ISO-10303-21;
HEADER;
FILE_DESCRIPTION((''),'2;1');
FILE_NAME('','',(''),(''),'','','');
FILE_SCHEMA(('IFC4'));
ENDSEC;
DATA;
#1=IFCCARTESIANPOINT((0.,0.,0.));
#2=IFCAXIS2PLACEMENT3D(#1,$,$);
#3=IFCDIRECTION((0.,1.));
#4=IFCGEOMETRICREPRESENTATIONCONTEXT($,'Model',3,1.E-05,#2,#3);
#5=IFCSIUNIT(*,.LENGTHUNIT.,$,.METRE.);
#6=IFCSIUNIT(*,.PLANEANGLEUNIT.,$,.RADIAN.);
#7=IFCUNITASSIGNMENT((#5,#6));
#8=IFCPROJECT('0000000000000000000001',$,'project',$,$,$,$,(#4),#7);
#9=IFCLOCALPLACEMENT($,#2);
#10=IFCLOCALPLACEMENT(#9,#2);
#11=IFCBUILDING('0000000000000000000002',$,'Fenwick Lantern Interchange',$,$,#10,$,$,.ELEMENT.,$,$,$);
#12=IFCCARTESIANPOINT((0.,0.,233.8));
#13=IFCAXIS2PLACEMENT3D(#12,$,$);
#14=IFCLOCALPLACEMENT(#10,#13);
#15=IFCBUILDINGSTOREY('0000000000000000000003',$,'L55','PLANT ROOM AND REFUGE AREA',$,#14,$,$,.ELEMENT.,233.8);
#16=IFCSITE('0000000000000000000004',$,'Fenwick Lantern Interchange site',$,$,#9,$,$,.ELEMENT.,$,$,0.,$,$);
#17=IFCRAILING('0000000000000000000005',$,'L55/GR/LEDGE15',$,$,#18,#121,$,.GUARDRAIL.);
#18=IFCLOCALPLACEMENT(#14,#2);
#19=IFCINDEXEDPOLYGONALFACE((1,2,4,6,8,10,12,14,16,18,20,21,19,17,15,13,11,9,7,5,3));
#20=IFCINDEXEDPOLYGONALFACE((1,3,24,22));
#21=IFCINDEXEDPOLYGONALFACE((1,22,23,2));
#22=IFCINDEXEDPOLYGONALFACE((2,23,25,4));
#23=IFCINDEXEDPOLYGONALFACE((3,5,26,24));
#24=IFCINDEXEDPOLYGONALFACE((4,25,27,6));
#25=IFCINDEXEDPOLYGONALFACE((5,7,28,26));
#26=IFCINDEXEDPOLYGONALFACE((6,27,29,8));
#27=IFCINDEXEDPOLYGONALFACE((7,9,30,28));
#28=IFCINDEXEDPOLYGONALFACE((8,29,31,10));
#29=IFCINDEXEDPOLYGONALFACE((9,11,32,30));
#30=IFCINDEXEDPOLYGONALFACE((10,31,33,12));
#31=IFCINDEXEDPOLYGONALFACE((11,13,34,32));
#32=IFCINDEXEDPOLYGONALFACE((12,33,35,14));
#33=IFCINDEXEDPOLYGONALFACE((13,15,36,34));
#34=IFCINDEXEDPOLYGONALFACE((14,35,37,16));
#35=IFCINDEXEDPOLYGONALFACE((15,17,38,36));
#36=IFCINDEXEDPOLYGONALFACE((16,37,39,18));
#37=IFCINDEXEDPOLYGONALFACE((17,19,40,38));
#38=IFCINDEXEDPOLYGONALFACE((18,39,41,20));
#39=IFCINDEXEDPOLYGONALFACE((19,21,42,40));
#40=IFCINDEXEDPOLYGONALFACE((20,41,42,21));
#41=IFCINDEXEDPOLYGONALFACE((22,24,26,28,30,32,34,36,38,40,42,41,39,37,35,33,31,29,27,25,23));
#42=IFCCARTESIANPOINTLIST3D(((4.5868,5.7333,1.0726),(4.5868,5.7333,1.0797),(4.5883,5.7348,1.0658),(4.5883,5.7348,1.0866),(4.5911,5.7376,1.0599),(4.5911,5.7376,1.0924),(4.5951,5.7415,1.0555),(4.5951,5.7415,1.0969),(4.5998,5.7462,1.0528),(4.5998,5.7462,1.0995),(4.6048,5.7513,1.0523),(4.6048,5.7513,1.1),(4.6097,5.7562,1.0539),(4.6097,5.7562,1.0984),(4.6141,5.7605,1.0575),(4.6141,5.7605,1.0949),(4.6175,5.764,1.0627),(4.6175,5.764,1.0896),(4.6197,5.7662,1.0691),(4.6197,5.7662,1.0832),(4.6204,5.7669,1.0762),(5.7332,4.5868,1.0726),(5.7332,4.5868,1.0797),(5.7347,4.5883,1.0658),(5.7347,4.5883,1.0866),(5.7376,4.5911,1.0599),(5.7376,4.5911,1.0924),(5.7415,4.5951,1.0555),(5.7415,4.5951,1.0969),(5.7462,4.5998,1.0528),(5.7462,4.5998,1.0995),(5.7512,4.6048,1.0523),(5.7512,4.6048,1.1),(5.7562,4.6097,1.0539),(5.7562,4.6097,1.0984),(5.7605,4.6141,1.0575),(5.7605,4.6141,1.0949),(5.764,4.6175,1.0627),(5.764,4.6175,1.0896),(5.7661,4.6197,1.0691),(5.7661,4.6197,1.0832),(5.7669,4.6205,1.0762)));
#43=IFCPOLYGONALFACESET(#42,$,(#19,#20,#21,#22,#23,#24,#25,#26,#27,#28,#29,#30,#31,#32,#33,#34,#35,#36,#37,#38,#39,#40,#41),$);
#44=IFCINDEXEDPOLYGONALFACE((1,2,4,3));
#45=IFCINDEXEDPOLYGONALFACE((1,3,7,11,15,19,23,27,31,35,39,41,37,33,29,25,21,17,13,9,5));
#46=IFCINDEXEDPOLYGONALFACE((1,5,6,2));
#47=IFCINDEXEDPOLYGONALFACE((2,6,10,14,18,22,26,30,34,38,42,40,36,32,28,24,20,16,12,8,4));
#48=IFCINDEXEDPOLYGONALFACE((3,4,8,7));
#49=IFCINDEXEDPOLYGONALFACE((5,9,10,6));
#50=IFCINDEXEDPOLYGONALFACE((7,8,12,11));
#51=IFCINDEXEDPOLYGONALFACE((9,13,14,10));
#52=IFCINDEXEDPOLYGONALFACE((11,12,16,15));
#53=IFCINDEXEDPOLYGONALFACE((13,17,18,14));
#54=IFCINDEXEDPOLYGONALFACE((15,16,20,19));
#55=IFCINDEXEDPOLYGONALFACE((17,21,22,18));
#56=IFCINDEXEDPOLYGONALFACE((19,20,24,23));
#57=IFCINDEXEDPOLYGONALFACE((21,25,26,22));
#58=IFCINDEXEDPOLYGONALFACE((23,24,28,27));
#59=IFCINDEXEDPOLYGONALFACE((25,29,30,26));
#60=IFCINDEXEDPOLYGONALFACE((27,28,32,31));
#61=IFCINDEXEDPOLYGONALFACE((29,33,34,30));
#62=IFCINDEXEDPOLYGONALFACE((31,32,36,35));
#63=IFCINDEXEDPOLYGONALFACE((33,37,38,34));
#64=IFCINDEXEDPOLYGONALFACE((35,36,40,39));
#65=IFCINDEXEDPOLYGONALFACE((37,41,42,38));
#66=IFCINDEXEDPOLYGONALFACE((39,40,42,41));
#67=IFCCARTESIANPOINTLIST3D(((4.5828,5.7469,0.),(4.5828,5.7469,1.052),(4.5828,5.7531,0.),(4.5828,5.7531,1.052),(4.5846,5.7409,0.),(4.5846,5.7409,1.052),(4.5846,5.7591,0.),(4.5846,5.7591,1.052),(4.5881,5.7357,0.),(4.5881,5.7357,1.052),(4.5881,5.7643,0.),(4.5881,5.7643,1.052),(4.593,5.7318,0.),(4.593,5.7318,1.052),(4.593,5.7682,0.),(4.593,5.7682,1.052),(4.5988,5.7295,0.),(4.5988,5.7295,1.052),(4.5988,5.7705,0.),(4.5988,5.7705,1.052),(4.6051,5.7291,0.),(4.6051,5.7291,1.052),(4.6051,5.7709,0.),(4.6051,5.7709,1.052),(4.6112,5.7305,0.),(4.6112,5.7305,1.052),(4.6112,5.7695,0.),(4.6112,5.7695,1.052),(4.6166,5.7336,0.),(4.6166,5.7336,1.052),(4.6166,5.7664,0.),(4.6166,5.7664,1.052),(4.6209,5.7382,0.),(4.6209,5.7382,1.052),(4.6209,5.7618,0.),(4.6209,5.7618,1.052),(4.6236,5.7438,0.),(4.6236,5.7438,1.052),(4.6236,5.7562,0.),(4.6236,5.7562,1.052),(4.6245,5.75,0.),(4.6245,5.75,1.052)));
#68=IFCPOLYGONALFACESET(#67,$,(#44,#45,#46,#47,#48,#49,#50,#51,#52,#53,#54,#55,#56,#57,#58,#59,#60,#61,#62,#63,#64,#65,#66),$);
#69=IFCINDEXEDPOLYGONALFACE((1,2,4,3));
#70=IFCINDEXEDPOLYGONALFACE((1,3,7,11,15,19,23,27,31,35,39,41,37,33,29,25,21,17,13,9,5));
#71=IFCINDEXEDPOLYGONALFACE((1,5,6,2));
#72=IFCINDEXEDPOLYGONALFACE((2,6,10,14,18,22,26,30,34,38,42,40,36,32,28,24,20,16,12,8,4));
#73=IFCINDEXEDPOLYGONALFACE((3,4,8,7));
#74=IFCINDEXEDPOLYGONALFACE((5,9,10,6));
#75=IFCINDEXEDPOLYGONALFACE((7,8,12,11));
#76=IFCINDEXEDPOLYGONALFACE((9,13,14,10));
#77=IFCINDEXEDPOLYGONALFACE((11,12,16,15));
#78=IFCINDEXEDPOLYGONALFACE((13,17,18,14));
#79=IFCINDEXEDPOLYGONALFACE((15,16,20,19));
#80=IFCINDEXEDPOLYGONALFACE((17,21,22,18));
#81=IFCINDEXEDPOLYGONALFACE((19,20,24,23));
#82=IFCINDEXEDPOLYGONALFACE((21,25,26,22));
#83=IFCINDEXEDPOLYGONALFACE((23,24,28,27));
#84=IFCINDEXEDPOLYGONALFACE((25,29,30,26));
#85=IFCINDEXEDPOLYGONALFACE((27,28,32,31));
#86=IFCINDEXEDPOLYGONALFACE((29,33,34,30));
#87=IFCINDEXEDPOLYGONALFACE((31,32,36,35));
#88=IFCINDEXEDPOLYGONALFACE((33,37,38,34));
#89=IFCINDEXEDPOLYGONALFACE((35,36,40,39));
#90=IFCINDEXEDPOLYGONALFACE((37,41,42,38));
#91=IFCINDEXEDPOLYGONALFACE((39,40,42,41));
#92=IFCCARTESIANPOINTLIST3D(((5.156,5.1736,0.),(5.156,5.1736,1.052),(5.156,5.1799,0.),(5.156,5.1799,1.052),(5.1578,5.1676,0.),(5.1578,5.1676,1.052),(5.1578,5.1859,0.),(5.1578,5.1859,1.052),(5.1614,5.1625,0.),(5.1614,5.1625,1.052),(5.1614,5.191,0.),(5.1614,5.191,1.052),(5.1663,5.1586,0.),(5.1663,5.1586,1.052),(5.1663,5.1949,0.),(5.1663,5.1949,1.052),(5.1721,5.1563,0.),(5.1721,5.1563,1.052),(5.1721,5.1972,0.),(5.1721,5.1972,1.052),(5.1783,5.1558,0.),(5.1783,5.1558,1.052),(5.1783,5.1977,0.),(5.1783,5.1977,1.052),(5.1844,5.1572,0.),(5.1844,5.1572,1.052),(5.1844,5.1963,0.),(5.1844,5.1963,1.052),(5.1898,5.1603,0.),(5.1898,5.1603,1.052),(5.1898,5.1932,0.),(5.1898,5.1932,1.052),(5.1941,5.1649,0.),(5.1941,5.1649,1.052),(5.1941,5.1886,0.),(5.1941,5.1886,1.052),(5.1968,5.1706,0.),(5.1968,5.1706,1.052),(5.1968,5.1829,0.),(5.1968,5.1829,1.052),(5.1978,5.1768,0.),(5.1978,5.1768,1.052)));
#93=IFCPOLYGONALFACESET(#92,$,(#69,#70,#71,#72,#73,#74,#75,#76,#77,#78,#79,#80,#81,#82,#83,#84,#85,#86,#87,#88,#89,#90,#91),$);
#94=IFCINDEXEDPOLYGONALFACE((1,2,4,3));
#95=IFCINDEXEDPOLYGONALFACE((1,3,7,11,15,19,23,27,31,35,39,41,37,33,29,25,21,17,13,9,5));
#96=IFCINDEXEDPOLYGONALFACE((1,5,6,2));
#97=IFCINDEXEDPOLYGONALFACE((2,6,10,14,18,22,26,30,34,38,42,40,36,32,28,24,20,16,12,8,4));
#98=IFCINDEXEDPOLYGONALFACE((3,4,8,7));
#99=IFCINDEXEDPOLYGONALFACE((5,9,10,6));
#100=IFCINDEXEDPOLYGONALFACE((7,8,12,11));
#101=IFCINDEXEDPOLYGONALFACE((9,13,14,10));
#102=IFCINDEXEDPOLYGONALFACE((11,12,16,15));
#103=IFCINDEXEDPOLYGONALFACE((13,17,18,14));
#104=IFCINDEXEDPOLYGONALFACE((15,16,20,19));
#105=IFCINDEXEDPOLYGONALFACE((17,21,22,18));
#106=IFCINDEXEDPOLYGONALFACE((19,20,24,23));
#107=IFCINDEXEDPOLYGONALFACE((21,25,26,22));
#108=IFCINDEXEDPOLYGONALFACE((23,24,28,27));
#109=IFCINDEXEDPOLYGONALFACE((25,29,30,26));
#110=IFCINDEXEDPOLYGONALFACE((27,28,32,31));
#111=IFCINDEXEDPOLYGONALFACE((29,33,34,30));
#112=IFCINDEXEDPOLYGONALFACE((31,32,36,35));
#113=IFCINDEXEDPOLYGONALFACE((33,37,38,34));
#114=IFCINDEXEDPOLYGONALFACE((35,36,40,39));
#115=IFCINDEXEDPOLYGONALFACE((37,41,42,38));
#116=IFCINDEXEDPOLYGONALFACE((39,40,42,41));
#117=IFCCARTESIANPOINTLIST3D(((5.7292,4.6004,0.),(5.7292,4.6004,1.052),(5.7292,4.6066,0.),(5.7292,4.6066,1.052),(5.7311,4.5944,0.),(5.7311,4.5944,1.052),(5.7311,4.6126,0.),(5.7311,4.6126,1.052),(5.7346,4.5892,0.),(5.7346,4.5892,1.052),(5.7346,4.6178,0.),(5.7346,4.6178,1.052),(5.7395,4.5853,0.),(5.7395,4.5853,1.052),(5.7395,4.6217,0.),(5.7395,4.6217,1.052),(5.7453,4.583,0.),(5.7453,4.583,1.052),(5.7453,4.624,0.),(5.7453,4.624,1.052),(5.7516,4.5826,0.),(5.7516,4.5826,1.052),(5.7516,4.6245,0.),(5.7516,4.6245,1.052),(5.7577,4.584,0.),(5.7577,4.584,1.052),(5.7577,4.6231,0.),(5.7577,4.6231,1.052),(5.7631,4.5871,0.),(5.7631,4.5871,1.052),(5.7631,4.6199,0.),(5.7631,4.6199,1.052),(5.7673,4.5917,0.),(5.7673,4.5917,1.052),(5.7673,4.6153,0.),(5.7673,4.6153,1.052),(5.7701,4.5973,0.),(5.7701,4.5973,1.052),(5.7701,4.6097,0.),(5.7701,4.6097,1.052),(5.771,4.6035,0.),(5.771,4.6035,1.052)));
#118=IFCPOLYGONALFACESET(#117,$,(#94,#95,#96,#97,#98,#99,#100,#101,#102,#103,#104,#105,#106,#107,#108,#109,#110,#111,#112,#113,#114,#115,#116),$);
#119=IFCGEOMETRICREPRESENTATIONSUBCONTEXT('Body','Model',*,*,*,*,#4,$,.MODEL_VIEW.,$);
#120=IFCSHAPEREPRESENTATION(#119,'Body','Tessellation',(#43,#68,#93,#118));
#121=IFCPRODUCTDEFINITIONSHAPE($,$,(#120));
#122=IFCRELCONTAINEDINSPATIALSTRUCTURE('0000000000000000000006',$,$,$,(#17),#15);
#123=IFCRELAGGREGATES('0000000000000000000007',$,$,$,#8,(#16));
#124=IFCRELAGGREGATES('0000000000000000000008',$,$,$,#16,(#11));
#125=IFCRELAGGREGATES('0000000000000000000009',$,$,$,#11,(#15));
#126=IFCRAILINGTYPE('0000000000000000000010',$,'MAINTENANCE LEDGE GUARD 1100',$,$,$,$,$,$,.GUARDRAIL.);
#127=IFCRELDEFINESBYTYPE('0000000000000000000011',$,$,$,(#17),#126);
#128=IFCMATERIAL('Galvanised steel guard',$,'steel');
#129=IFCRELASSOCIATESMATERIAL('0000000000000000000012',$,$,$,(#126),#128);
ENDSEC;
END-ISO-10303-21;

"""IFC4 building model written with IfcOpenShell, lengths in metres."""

from ifc_helpers import new_model, si_unit, direction, frame, origin, origin_2d, place, context, subcontext, project, spatial, circle, extrude, material, type_object, element, save


model = new_model("IFC4")

# Units and contexts
model_context = context("Model", 3, precision=1e-05, world=origin(), true_north=direction((0.0, 1.0)))
body_context = subcontext(model_context, "Body", "Model", "MODEL_VIEW")
ifc_project = project(units=[si_unit("LENGTHUNIT", "METRE"), si_unit("PLANEANGLEUNIT", "RADIAN")], contexts=[model_context])

# Site, building, storey
site_placement = place(None, origin())
site = spatial("IfcSite", under=ifc_project, at=site_placement, Name="Fenwick Lantern Interchange site", CompositionType="ELEMENT", RefElevation=0.0)
building_placement = place(site_placement, origin())
building = spatial("IfcBuilding", under=site, at=building_placement, Name="Fenwick Lantern Interchange", CompositionType="ELEMENT")
storey_placement = place(building_placement, frame((0.0, 0.0, 233.8)))
storey = spatial("IfcBuildingStorey", under=building, at=storey_placement, Name="L55", Description="PLANT ROOM AND REFUGE AREA", CompositionType="ELEMENT", Elevation=233.8)

# Railing
ifc_material_1 = material(Name="Galvanised steel guard", Category="steel")
railing_type = type_object("IfcRailingType", Name="MAINTENANCE LEDGE GUARD 1100", PredefinedType="GUARDRAIL", material=ifc_material_1)
railing_1_placement = place(storey_placement, frame((4.6035, 5.75, 0.0)))
element("IfcRailing", 1, at=railing_1_placement, inside=storey, type_object=railing_type, Name="L55/GR/LEDGE15", PredefinedType="GUARDRAIL", context=body_context, shape_type="SweptSolid", body=[
    extrude(circle(Radius=0.0239, at=origin_2d()), frame((0.0, 0.0, 1.0762), z_axis=(0.707107, -0.707107, 0.0), x_axis=(0.707107, 0.707107, 0.0)), (0.0, 0.0, 1.0), 1.6213),
    extrude(circle(Radius=0.021, at=origin_2d()), origin(), (0.0, 0.0, 1.0), 1.052),
    extrude(circle(Radius=0.021, at=origin_2d()), frame((0.5732, -0.5732, 0.0)), (0.0, 0.0, 1.0), 1.052),
    extrude(circle(Radius=0.021, at=origin_2d()), frame((1.1465, -1.1465, 0.0)), (0.0, 0.0, 1.0), 1.052),
])

save(model, "model.ifc")
